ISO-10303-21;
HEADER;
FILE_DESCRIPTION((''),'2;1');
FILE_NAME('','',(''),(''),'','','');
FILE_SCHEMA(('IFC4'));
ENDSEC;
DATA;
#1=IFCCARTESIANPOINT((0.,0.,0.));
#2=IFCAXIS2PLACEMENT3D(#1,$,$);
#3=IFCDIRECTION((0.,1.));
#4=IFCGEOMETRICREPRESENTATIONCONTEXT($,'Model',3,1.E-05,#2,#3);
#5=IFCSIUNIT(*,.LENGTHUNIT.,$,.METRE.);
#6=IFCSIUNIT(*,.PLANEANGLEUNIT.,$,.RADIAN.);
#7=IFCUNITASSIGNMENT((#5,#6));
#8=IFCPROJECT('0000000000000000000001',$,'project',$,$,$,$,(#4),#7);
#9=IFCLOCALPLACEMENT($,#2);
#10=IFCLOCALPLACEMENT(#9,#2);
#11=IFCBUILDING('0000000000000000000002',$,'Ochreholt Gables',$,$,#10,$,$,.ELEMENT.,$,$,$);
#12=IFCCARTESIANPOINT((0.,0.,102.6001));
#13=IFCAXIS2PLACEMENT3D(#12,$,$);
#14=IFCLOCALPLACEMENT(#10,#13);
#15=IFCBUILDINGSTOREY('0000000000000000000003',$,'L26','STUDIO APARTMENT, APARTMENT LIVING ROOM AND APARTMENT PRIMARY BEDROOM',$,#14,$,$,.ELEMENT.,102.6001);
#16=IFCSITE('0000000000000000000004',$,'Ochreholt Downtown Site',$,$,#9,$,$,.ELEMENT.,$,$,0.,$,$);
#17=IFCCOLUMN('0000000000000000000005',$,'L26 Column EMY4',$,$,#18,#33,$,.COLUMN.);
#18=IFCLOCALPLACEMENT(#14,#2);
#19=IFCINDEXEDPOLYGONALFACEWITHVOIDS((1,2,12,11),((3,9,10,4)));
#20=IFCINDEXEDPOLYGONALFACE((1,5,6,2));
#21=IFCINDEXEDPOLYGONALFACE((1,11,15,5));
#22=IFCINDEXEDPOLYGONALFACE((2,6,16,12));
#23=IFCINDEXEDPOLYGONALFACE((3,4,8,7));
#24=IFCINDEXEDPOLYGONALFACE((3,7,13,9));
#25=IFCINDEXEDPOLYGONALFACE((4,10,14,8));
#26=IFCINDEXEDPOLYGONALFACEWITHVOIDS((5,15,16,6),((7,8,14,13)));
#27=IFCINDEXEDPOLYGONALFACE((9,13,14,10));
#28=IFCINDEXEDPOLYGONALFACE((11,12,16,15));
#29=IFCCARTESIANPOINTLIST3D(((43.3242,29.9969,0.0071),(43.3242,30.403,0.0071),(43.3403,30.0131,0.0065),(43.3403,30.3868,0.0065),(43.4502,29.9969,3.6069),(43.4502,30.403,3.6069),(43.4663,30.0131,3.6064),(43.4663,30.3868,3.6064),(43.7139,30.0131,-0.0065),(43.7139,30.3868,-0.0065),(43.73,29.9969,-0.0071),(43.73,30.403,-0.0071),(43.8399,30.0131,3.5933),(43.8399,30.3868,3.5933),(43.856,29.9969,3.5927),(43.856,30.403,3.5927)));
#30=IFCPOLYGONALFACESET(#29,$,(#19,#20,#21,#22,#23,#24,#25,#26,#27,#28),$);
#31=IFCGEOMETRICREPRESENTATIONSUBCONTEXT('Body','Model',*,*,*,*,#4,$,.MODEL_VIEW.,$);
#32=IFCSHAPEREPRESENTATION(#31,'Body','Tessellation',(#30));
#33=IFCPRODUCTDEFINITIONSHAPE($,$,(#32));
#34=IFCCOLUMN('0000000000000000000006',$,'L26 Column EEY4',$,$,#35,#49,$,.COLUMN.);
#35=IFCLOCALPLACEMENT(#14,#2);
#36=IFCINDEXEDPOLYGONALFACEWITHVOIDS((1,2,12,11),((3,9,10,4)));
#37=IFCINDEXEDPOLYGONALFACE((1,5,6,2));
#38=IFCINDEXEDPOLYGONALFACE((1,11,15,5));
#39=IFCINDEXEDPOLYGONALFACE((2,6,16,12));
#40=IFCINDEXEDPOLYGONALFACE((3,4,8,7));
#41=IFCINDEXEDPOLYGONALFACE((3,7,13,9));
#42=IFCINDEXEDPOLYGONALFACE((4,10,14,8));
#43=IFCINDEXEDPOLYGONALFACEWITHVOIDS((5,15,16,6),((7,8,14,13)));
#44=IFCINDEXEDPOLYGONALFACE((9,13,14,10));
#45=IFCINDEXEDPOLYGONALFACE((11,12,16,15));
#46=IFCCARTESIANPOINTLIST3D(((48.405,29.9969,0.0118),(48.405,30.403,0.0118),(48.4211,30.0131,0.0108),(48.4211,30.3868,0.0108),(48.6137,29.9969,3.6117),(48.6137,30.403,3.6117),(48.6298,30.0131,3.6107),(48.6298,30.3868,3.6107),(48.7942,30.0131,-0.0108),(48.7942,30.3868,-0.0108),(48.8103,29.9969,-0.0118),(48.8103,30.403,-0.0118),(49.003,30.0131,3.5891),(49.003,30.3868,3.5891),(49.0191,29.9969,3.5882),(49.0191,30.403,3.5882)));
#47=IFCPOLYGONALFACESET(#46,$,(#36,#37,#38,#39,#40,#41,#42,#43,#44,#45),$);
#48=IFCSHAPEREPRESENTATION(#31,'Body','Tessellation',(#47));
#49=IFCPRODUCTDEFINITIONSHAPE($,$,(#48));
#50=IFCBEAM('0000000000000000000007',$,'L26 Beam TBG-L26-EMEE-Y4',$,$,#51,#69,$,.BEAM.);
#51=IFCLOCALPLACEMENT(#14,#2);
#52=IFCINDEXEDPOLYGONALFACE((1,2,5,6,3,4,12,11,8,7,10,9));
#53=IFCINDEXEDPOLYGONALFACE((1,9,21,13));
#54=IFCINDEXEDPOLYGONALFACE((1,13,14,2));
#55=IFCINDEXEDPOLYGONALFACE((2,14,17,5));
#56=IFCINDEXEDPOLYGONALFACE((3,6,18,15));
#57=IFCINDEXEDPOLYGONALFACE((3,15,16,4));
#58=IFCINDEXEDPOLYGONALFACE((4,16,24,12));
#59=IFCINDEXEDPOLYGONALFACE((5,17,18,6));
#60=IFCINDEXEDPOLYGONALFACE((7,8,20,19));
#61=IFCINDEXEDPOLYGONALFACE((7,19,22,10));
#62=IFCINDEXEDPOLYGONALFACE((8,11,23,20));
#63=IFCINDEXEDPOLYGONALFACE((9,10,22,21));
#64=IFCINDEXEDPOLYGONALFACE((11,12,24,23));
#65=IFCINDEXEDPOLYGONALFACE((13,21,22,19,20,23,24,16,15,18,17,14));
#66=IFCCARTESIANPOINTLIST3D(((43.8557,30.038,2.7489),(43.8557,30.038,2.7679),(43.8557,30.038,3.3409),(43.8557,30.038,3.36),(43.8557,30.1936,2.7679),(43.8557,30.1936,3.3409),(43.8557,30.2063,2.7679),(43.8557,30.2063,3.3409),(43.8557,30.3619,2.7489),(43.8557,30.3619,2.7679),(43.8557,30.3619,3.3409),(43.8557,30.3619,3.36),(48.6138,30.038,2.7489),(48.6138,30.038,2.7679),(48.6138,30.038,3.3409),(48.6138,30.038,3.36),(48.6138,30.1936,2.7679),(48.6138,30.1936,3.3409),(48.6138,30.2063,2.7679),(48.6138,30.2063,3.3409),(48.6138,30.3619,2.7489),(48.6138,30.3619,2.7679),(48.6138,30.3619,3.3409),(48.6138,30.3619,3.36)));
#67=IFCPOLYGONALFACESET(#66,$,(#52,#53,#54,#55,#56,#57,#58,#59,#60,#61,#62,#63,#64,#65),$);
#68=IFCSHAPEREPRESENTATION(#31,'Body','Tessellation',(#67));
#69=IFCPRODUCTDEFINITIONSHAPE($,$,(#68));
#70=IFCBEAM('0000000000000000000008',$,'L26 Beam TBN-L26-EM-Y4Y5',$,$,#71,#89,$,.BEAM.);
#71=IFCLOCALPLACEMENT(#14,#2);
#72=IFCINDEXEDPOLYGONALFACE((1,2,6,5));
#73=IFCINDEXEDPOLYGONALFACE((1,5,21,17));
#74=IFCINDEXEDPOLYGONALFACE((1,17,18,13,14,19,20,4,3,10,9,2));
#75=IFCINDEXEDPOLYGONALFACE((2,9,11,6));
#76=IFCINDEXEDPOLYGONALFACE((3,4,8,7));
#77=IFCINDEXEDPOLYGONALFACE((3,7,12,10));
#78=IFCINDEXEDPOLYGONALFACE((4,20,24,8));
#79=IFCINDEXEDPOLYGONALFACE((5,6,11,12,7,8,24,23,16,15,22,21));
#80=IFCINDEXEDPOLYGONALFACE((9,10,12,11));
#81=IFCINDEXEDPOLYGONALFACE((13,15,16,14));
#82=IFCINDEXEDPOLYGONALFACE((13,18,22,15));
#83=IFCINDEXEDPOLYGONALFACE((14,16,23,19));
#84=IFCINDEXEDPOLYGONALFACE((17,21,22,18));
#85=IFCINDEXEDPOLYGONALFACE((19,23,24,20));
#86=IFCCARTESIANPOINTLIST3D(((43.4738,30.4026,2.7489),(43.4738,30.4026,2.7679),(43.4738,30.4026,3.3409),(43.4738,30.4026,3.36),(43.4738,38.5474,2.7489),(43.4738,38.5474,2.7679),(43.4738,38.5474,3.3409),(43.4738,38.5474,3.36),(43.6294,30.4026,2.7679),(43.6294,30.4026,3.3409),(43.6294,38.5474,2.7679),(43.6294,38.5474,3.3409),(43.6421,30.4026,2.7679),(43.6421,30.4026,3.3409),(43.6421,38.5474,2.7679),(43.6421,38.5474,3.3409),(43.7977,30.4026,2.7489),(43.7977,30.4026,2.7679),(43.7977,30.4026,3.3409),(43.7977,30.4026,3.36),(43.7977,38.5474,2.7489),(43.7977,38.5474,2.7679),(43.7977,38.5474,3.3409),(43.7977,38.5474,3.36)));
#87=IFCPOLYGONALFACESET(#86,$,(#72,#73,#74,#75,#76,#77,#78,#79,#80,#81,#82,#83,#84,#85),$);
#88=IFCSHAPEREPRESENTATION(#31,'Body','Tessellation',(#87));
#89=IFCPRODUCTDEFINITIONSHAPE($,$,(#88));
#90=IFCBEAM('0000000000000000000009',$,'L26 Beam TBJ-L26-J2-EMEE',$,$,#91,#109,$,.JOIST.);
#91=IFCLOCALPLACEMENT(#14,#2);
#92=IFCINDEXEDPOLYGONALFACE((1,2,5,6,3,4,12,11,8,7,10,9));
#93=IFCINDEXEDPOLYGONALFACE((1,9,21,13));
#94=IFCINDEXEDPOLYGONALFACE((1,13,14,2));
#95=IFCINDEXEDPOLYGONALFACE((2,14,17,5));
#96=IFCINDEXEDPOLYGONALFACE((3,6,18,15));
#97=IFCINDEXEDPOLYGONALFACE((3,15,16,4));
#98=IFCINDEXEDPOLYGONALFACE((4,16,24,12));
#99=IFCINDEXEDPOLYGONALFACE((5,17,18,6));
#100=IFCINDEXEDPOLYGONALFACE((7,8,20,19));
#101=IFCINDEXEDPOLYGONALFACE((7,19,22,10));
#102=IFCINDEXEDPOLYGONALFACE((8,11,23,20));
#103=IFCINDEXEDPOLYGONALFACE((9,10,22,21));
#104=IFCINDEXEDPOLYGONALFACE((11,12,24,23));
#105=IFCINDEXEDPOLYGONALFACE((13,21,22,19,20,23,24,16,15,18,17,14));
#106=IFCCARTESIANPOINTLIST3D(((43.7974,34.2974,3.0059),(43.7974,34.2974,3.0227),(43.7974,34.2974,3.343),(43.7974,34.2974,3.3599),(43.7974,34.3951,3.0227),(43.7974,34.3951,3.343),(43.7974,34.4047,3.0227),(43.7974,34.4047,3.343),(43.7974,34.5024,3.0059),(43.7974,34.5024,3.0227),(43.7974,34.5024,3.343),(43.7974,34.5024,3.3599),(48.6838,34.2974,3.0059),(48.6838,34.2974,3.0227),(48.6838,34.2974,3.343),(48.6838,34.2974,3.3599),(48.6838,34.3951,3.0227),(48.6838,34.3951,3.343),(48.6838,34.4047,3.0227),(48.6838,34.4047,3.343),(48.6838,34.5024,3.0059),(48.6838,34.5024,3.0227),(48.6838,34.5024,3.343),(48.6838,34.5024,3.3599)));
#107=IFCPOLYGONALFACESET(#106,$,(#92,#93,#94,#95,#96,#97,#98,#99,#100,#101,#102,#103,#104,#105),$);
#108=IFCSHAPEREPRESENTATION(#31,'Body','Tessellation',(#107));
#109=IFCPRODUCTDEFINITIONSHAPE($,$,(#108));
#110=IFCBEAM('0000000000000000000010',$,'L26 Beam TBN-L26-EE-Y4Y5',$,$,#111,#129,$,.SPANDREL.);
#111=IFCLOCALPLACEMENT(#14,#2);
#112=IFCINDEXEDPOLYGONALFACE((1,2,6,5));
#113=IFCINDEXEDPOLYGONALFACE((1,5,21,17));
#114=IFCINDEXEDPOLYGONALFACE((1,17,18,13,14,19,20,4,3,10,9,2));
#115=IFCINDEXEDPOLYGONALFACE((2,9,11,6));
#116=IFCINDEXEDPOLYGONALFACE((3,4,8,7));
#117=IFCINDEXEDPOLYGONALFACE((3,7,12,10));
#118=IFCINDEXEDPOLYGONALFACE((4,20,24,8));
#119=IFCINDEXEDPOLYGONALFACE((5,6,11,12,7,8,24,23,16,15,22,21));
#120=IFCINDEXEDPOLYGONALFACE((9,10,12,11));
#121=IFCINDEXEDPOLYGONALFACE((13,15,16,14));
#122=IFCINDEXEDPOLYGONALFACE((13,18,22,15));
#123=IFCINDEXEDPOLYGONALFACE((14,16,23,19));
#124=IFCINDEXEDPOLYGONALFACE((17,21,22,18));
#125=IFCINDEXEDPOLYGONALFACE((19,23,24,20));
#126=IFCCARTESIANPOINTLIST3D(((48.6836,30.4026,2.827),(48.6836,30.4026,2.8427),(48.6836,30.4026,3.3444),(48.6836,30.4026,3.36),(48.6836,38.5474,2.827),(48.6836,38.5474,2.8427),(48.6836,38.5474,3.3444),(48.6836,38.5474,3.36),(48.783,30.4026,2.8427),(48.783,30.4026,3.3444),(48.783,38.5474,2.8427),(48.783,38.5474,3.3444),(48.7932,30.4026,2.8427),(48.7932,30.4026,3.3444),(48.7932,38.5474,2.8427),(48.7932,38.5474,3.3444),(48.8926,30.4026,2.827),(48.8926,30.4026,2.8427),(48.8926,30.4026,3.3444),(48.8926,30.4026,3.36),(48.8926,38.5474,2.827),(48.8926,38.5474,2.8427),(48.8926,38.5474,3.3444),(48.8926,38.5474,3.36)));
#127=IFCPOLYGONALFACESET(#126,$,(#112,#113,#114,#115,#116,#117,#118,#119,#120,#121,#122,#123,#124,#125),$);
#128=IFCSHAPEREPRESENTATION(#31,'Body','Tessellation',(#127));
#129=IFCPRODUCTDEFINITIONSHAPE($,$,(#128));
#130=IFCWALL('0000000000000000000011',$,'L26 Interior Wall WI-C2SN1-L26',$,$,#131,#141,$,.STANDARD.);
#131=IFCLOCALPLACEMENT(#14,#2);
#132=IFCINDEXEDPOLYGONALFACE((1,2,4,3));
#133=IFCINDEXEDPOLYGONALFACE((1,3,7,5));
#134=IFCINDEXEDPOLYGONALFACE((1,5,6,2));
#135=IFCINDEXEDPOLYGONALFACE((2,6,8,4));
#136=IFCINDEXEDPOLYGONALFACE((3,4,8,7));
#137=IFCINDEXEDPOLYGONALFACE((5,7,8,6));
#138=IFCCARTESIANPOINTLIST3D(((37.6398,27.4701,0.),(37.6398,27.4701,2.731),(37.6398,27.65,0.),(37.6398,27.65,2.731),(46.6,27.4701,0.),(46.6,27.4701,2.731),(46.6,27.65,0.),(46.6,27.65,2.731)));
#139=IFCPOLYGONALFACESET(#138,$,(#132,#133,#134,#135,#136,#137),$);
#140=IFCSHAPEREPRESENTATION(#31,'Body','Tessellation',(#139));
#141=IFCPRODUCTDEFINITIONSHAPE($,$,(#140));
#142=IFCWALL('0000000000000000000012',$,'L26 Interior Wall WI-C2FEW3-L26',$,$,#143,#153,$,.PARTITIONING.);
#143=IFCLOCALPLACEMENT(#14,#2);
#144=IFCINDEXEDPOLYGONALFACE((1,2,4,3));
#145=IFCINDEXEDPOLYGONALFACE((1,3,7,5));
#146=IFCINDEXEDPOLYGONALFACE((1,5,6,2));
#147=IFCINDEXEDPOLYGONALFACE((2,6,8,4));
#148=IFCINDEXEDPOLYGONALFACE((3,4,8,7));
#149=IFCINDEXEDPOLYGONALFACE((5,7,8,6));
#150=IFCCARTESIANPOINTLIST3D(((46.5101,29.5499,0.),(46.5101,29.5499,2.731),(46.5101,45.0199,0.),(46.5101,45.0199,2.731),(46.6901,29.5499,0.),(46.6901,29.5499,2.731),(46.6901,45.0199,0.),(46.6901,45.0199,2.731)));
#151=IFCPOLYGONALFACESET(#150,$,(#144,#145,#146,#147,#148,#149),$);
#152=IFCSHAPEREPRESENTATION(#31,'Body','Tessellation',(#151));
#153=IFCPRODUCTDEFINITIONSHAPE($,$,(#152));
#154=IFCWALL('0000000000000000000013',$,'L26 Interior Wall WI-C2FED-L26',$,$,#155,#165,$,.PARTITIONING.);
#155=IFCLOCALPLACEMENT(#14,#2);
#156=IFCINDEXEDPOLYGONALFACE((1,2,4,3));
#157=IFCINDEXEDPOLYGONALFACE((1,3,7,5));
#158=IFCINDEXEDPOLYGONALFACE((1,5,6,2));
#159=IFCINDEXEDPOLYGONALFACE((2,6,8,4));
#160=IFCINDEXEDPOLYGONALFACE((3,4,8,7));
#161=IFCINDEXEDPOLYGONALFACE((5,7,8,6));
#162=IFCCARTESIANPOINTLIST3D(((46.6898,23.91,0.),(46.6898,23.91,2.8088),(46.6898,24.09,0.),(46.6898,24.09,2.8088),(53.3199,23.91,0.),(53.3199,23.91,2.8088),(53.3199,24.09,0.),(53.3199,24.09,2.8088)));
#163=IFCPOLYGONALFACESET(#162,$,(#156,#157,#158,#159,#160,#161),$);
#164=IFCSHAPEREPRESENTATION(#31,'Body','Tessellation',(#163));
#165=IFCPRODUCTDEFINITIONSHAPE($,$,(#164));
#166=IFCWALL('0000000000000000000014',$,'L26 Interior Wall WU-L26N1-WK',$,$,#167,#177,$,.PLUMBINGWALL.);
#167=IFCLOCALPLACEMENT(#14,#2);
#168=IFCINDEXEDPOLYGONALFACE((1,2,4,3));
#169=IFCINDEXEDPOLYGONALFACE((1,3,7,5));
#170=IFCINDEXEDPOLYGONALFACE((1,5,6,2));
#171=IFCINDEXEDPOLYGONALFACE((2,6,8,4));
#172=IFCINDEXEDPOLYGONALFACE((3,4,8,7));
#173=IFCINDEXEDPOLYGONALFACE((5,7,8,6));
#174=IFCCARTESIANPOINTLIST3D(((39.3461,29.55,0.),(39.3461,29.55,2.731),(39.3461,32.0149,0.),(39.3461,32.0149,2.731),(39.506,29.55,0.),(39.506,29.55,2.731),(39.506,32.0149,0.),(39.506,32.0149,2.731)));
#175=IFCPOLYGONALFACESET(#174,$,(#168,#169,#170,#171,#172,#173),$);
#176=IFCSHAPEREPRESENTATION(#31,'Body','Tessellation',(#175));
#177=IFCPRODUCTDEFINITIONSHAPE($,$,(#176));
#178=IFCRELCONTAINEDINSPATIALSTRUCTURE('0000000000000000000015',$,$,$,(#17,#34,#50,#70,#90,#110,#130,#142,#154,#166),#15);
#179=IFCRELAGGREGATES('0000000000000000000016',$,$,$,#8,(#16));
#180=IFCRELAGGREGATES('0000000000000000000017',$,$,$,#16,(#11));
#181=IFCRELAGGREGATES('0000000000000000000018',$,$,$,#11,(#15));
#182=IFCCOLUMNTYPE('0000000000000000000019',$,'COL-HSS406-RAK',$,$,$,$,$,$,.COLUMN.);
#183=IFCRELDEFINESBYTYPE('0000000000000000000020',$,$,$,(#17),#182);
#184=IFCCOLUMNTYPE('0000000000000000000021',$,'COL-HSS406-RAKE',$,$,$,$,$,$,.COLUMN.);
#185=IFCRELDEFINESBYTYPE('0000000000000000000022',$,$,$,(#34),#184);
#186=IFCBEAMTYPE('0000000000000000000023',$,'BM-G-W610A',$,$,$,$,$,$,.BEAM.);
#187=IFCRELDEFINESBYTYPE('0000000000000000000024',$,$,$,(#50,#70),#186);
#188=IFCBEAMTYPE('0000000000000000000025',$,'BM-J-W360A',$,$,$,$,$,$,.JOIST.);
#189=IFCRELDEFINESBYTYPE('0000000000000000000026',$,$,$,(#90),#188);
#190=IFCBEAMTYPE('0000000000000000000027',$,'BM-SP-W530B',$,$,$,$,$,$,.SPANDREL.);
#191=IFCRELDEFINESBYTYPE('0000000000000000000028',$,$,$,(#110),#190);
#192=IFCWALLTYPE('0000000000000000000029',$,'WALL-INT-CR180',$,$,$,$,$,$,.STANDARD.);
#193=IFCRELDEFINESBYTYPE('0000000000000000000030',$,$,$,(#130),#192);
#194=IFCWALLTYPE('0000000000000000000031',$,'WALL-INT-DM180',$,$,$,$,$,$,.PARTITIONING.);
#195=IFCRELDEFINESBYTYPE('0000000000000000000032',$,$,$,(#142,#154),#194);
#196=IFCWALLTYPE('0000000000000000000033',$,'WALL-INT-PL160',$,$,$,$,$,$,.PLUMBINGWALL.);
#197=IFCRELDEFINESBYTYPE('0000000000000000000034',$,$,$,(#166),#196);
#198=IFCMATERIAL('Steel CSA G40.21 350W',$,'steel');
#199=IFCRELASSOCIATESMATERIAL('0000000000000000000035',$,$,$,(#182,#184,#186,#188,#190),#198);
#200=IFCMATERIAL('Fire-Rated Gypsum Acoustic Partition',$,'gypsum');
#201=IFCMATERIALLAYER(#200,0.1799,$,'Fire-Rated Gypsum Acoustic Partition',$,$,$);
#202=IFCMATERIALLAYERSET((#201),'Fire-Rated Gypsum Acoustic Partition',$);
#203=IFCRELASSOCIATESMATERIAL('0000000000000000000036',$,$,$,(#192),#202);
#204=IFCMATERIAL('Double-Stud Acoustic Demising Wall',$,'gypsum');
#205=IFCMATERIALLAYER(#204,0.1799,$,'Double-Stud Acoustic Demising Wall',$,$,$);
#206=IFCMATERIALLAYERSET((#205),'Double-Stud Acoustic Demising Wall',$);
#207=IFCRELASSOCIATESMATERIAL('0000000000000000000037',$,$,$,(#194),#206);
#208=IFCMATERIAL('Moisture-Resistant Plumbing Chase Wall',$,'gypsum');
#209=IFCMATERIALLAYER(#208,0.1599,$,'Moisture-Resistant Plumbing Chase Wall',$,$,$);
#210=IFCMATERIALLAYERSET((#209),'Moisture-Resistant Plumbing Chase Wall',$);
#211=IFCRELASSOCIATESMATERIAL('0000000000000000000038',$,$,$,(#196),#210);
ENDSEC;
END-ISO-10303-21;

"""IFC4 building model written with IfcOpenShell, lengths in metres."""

from ifc_helpers import new_model, si_unit, direction, frame, frame_2d, origin, origin_2d, place, context, subcontext, project, spatial, rectangle, hollow_rectangle, i_section, extrude, material, layer, layer_set, material_profile, profile_set, type_object, element, save


model = new_model("IFC4")

# Units and contexts
model_context = context("Model", 3, precision=1e-05, world=origin(), true_north=direction((0.0, 1.0)))
body_context = subcontext(model_context, "Body", "Model", "MODEL_VIEW")
ifc_project = project(units=[si_unit("LENGTHUNIT", "METRE"), si_unit("PLANEANGLEUNIT", "RADIAN")], contexts=[model_context])

# Site, building, storey
site_placement = place(None, origin())
site = spatial("IfcSite", under=ifc_project, at=site_placement, Name="Ochreholt Downtown Site", CompositionType="ELEMENT", RefElevation=0.0)
building_placement = place(site_placement, origin())
building = spatial("IfcBuilding", under=site, at=building_placement, Name="Ochreholt Gables", CompositionType="ELEMENT")
storey_placement = place(building_placement, frame((0.0, 0.0, 102.6001)))
storey = spatial("IfcBuildingStorey", under=building, at=storey_placement, Name="L26", Description="STUDIO APARTMENT, APARTMENT LIVING ROOM AND APARTMENT PRIMARY BEDROOM", CompositionType="ELEMENT", Elevation=102.6001)

# Columns
ifc_material_1 = material(Name="Steel CSA G40.21 350W", Category="steel")
ifc_material_profile_1 = material_profile(ifc_material_1, hollow_rectangle(XDim=0.406, YDim=0.406, WallThickness=0.0161, at=origin_2d()), Name="HSS406X406X16")
ifc_profile_set_1 = profile_set([ifc_material_profile_1], Name="Steel CSA G40.21 350W")
column_type_1 = type_object("IfcColumnType", Name="COL-HSS406-RAK", PredefinedType="COLUMN", material=ifc_profile_set_1)
column_1_placement = place(storey_placement, frame((43.5271, 30.2, 0.0), z_axis=(0.034974, 0.0, 0.999388), x_axis=(0.0, 1.0, 0.0)))
element("IfcColumn", 1, at=column_1_placement, inside=storey, type_object=column_type_1, Name="L26 Column EMY4", PredefinedType="COLUMN", context=body_context, shape_type="SweptSolid", body=[
    extrude(hollow_rectangle(XDim=0.406, YDim=0.406, WallThickness=0.0161, at=origin_2d()), origin(), (0.0, 0.0, 1.0), 3.6021),
])
ifc_material_profile_2 = material_profile(ifc_material_1, hollow_rectangle(XDim=0.406, YDim=0.406, WallThickness=0.0161, at=origin_2d()), Name="HSS406X406X16")
ifc_profile_set_2 = profile_set([ifc_material_profile_2], Name="Steel CSA G40.21 350W")
column_type_2 = type_object("IfcColumnType", Name="COL-HSS406-RAKE", PredefinedType="COLUMN", material=ifc_profile_set_2)
column_2_placement = place(storey_placement, frame((48.6077, 30.2, 0.0), z_axis=(0.057889, 0.0, 0.998323), x_axis=(0.0, 1.0, 0.0)))
element("IfcColumn", 2, at=column_2_placement, inside=storey, type_object=column_type_2, Name="L26 Column EEY4", PredefinedType="COLUMN", context=body_context, shape_type="SweptSolid", body=[
    extrude(hollow_rectangle(XDim=0.406, YDim=0.406, WallThickness=0.0161, at=origin_2d()), origin(), (0.0, 0.0, 1.0), 3.606),
])

# Beams
ifc_material_profile_3 = material_profile(ifc_material_1, i_section(OverallWidth=0.324, OverallDepth=0.6111, WebThickness=0.0127, FlangeThickness=0.019, at=origin_2d()), Name="W610X155")
ifc_profile_set_3 = profile_set([ifc_material_profile_3], Name="Steel CSA G40.21 350W")
beam_type_1 = type_object("IfcBeamType", Name="BM-G-W610A", PredefinedType="BEAM", material=ifc_profile_set_3)
beam_1_placement = place(storey_placement, frame((43.8557, 30.2, 3.0544), z_axis=(1.0, 0.0, 0.0), x_axis=(0.0, 1.0, 0.0)))
element("IfcBeam", 3, at=beam_1_placement, inside=storey, type_object=beam_type_1, Name="L26 Beam TBG-L26-EMEE-Y4", PredefinedType="BEAM", context=body_context, shape_type="SweptSolid", body=[
    extrude(i_section(OverallWidth=0.324, OverallDepth=0.6111, WebThickness=0.0127, FlangeThickness=0.019, at=origin_2d()), origin(), (0.0, 0.0, 1.0), 4.7581),
])
beam_2_placement = place(storey_placement, frame((43.6357, 30.4026, 3.0544), z_axis=(0.0, 1.0, 0.0), x_axis=(-1.0, 0.0, 0.0)))
element("IfcBeam", 4, at=beam_2_placement, inside=storey, type_object=beam_type_1, Name="L26 Beam TBN-L26-EM-Y4Y5", PredefinedType="BEAM", context=body_context, shape_type="SweptSolid", body=[
    extrude(i_section(OverallWidth=0.324, OverallDepth=0.6111, WebThickness=0.0127, FlangeThickness=0.019, at=origin_2d()), origin(), (0.0, 0.0, 1.0), 8.1448),
])
ifc_material_profile_4 = material_profile(ifc_material_1, i_section(OverallWidth=0.2051, OverallDepth=0.354, WebThickness=0.0095, FlangeThickness=0.0168, at=origin_2d()), Name="W360X79")
ifc_profile_set_4 = profile_set([ifc_material_profile_4], Name="Steel CSA G40.21 350W")
beam_type_2 = type_object("IfcBeamType", Name="BM-J-W360A", PredefinedType="JOIST", material=ifc_profile_set_4)
beam_3_placement = place(storey_placement, frame((43.7974, 34.3999, 3.1829), z_axis=(1.0, 0.0, 0.0), x_axis=(0.0, 1.0, 0.0)))
element("IfcBeam", 5, at=beam_3_placement, inside=storey, type_object=beam_type_2, Name="L26 Beam TBJ-L26-J2-EMEE", PredefinedType="JOIST", context=body_context, shape_type="SweptSolid", body=[
    extrude(i_section(OverallWidth=0.2051, OverallDepth=0.354, WebThickness=0.0095, FlangeThickness=0.0168, at=origin_2d()), origin(), (0.0, 0.0, 1.0), 4.8865),
])
ifc_material_profile_5 = material_profile(ifc_material_1, i_section(OverallWidth=0.209, OverallDepth=0.533, WebThickness=0.0103, FlangeThickness=0.0156, at=origin_2d()), Name="W530X92")
ifc_profile_set_5 = profile_set([ifc_material_profile_5], Name="Steel CSA G40.21 350W")
beam_type_3 = type_object("IfcBeamType", Name="BM-SP-W530B", PredefinedType="SPANDREL", material=ifc_profile_set_5)
beam_4_placement = place(storey_placement, frame((48.7881, 30.4026, 3.0935), z_axis=(0.0, 1.0, 0.0), x_axis=(-1.0, 0.0, 0.0)))
element("IfcBeam", 6, at=beam_4_placement, inside=storey, type_object=beam_type_3, Name="L26 Beam TBN-L26-EE-Y4Y5", PredefinedType="SPANDREL", context=body_context, shape_type="SweptSolid", body=[
    extrude(i_section(OverallWidth=0.209, OverallDepth=0.533, WebThickness=0.0103, FlangeThickness=0.0156, at=origin_2d()), origin(), (0.0, 0.0, 1.0), 8.1448),
])

# Wall
ifc_material_2 = material(Name="Fire-Rated Gypsum Acoustic Partition", Category="gypsum")
ifc_layer_1 = layer(ifc_material_2, 0.1799, Name="Fire-Rated Gypsum Acoustic Partition")
ifc_layer_set_1 = layer_set([ifc_layer_1], Name="Fire-Rated Gypsum Acoustic Partition")
wall_type_1 = type_object("IfcWallType", Name="WALL-INT-CR180", PredefinedType="STANDARD", material=ifc_layer_set_1)
wall_1_placement = place(storey_placement, frame((37.6399, 27.5601, 0.0), z_axis=(0.0, 0.0, 1.0), x_axis=(1.0, 0.0, 0.0)))
element("IfcWall", 7, at=wall_1_placement, inside=storey, type_object=wall_type_1, Name="L26 Interior Wall WI-C2SN1-L26", PredefinedType="STANDARD", context=body_context, shape_type="SweptSolid", body=[
    extrude(rectangle(XDim=8.9602, YDim=0.1799, at=frame_2d((4.48, 0.0))), origin(), (0.0, 0.0, 1.0), 2.731),
])

# Walls
ifc_material_3 = material(Name="Double-Stud Acoustic Demising Wall", Category="gypsum")
ifc_layer_2 = layer(ifc_material_3, 0.1799, Name="Double-Stud Acoustic Demising Wall")
ifc_layer_set_2 = layer_set([ifc_layer_2], Name="Double-Stud Acoustic Demising Wall")
wall_type_2 = type_object("IfcWallType", Name="WALL-INT-DM180", PredefinedType="PARTITIONING", material=ifc_layer_set_2)
wall_2_placement = place(storey_placement, frame((46.6001, 29.55, 0.0), z_axis=(0.0, 0.0, 1.0), x_axis=(0.0, 1.0, 0.0)))
element("IfcWall", 8, at=wall_2_placement, inside=storey, type_object=wall_type_2, Name="L26 Interior Wall WI-C2FEW3-L26", PredefinedType="PARTITIONING", context=body_context, shape_type="SweptSolid", body=[
    extrude(rectangle(XDim=15.47, YDim=0.1799, at=frame_2d((7.7349, 0.0))), origin(), (0.0, 0.0, 1.0), 2.731),
])
wall_3_placement = place(storey_placement, frame((46.6899, 24.0, 0.0), z_axis=(0.0, 0.0, 1.0), x_axis=(1.0, 0.0, 0.0)))
element("IfcWall", 9, at=wall_3_placement, inside=storey, type_object=wall_type_2, Name="L26 Interior Wall WI-C2FED-L26", PredefinedType="PARTITIONING", context=body_context, shape_type="SweptSolid", body=[
    extrude(rectangle(XDim=6.6301, YDim=0.1799, at=frame_2d((3.3149, 0.0))), origin(), (0.0, 0.0, 1.0), 2.8088),
])
ifc_material_4 = material(Name="Moisture-Resistant Plumbing Chase Wall", Category="gypsum")
ifc_layer_3 = layer(ifc_material_4, 0.1599, Name="Moisture-Resistant Plumbing Chase Wall")
ifc_layer_set_3 = layer_set([ifc_layer_3], Name="Moisture-Resistant Plumbing Chase Wall")
wall_type_3 = type_object("IfcWallType", Name="WALL-INT-PL160", PredefinedType="PLUMBINGWALL", material=ifc_layer_set_3)
wall_4_placement = place(storey_placement, frame((39.426, 29.55, 0.0), z_axis=(0.0, 0.0, 1.0), x_axis=(0.0, 1.0, 0.0)))
element("IfcWall", 10, at=wall_4_placement, inside=storey, type_object=wall_type_3, Name="L26 Interior Wall WU-L26N1-WK", PredefinedType="PLUMBINGWALL", context=body_context, shape_type="SweptSolid", body=[
    extrude(rectangle(XDim=2.4648, YDim=0.1599, at=frame_2d((1.2324, 0.0))), origin(), (0.0, 0.0, 1.0), 2.731),
])

save(model, "model.ifc")
